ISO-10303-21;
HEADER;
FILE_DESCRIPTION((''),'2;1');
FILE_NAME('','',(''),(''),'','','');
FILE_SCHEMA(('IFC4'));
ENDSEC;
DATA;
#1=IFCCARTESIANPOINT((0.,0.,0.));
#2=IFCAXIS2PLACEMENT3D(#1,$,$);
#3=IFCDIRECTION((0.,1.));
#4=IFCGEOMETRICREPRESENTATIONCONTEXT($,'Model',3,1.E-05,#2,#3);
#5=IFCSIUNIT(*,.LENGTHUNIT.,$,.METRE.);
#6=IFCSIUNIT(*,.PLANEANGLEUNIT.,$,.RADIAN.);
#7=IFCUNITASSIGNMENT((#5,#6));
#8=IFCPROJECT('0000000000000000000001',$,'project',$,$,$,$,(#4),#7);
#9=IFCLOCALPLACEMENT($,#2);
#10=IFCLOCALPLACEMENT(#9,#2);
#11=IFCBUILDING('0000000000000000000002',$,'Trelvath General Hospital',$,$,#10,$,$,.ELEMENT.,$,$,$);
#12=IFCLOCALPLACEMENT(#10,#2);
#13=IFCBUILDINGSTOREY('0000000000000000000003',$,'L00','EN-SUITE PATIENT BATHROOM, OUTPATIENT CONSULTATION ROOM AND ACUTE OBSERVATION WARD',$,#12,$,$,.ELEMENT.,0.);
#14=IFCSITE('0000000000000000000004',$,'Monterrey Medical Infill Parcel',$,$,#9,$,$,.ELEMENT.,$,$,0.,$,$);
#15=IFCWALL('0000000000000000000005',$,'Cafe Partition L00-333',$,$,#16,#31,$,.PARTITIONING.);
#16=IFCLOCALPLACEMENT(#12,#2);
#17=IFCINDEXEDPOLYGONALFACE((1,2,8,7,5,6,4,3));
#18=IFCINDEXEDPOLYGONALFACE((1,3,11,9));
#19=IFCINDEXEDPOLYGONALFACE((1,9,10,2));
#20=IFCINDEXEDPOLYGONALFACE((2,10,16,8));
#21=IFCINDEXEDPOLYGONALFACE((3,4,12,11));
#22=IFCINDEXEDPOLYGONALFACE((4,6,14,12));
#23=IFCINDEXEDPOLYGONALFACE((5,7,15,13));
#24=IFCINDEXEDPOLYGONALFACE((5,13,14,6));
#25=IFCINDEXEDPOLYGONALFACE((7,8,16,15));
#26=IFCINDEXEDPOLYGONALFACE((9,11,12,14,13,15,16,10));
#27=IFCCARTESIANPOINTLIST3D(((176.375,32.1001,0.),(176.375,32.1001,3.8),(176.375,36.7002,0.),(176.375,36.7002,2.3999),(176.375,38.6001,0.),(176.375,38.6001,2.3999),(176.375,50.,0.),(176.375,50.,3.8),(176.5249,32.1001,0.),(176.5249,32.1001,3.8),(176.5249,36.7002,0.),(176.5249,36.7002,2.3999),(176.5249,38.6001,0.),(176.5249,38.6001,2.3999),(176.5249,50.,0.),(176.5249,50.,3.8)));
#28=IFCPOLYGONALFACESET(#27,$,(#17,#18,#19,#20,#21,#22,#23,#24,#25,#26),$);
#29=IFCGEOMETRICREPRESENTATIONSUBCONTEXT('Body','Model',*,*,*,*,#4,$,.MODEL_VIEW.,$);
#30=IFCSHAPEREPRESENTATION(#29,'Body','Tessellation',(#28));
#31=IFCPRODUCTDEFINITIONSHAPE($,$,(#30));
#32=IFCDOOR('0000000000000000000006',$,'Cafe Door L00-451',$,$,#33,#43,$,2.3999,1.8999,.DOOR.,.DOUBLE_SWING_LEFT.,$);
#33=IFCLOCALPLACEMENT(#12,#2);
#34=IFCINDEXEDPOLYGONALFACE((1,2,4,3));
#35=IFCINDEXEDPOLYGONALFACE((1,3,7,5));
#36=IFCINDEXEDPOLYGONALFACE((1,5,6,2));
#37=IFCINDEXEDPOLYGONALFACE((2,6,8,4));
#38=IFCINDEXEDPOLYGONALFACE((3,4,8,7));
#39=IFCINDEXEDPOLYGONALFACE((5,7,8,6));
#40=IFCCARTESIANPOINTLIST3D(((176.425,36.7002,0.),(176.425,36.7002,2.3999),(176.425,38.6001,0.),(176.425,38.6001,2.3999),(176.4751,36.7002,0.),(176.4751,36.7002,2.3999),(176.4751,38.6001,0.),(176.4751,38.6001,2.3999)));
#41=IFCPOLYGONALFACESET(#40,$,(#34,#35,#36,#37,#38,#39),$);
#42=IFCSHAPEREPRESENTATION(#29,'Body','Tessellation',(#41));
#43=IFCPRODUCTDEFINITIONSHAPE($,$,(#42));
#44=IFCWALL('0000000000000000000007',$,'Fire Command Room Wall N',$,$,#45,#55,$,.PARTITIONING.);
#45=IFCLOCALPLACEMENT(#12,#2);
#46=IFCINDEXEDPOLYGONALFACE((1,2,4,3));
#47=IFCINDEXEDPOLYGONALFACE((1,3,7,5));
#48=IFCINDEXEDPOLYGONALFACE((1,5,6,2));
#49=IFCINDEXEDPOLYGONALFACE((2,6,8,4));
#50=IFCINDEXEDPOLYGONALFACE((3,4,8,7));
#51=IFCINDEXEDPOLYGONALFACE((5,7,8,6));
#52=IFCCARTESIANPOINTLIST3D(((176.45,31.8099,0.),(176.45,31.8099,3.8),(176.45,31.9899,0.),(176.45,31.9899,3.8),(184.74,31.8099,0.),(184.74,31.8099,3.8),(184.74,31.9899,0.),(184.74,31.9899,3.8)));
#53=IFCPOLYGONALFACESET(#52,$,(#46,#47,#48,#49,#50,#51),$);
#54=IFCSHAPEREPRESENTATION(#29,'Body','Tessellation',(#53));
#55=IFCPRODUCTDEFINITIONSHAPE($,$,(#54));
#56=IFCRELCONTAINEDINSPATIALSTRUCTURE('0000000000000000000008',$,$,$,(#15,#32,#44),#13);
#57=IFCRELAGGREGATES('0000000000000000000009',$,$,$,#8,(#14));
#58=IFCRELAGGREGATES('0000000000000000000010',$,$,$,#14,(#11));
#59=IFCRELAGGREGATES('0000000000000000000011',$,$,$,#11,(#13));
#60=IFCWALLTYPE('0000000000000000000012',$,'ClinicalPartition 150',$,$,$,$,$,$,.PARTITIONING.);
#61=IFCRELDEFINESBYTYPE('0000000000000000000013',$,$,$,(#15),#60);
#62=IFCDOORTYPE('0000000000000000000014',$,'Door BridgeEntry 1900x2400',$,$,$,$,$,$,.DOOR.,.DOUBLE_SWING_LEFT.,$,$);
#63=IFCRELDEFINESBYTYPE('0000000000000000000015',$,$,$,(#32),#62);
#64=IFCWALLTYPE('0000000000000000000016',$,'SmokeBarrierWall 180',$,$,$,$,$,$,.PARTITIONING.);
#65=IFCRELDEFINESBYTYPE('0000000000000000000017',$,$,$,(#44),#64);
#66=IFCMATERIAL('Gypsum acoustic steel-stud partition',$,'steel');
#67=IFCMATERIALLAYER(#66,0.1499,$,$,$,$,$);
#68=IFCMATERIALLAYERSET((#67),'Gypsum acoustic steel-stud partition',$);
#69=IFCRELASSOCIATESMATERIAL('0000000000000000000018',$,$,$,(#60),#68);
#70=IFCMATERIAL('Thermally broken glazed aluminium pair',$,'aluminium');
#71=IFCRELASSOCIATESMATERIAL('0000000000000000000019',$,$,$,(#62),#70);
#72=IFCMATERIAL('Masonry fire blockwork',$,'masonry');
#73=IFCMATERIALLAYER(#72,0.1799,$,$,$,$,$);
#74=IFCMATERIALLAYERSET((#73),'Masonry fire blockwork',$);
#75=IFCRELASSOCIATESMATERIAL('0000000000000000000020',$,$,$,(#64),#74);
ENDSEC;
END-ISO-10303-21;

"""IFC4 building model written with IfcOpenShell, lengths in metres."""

from ifc_helpers import new_model, si_unit, direction, frame, frame_2d, origin, place, context, subcontext, project, spatial, rectangle, extrude, material, layer, layer_set, type_object, element, fill, save


model = new_model("IFC4")

# Units and contexts
model_context = context("Model", 3, precision=1e-05, world=origin(), true_north=direction((0.0, 1.0)))
body_context = subcontext(model_context, "Body", "Model", "MODEL_VIEW")
ifc_project = project(units=[si_unit("LENGTHUNIT", "METRE"), si_unit("PLANEANGLEUNIT", "RADIAN")], contexts=[model_context])

# Site, building, storey
site_placement = place(None, origin())
site = spatial("IfcSite", under=ifc_project, at=site_placement, Name="Monterrey Medical Infill Parcel", CompositionType="ELEMENT", RefElevation=0.0)
building_placement = place(site_placement, origin())
building = spatial("IfcBuilding", under=site, at=building_placement, Name="Trelvath General Hospital", CompositionType="ELEMENT")
storey_placement = place(building_placement, origin())
storey = spatial("IfcBuildingStorey", under=building, at=storey_placement, Name="L00", Description="EN-SUITE PATIENT BATHROOM, OUTPATIENT CONSULTATION ROOM AND ACUTE OBSERVATION WARD", CompositionType="ELEMENT", Elevation=0.0)

# Wall, opening, door
ifc_material_1 = material(Name="Gypsum acoustic steel-stud partition", Category="steel")
ifc_layer_1 = layer(ifc_material_1, 0.1499)
ifc_layer_set_1 = layer_set([ifc_layer_1], Name="Gypsum acoustic steel-stud partition")
wall_type_1 = type_object("IfcWallType", Name="ClinicalPartition 150", PredefinedType="PARTITIONING", material=ifc_layer_set_1)
wall_1_placement = place(storey_placement, frame((176.45, 32.1001, 0.0), z_axis=(0.0, 0.0, 1.0), x_axis=(0.0, 1.0, 0.0)))
wall_1 = element("IfcWall", 1, at=wall_1_placement, inside=storey, type_object=wall_type_1, Name="Cafe Partition L00-333", PredefinedType="PARTITIONING", context=body_context, shape_type="SweptSolid", body=[
    extrude(rectangle(XDim=17.8999, YDim=0.1499, at=frame_2d((8.95, 0.0))), origin(), (0.0, 0.0, 1.0), 3.8),
])
opening_placement = place(wall_1_placement, frame((4.6001, 0.0, 0.0)))
opening = element("IfcOpeningElement", 2, at=opening_placement, cuts=wall_1, PredefinedType="OPENING", context=body_context, shape_type="SweptSolid", body=[
    extrude(rectangle(XDim=1.8999, YDim=2.3999, at=frame_2d((0.95, 1.2))), frame((0.0, 0.085, 0.0), z_axis=(0.0, -1.0, 0.0), x_axis=(1.0, 0.0, 0.0)), (0.0, 0.0, 1.0), 0.1699),
])
ifc_material_2 = material(Name="Thermally broken glazed aluminium pair", Category="aluminium")
door_type = type_object("IfcDoorType", Name="Door BridgeEntry 1900x2400", OperationType="DOUBLE_SWING_LEFT", PredefinedType="DOOR", material=ifc_material_2)
door_placement = place(opening_placement, origin())
door = element("IfcDoor", 3, at=door_placement, inside=storey, type_object=door_type, Name="Cafe Door L00-451", OperationType="DOUBLE_SWING_LEFT", OverallHeight=2.3999, OverallWidth=1.8999, PredefinedType="DOOR", context=body_context, shape_type="SweptSolid", body=[
    extrude(rectangle(XDim=1.8999, YDim=2.3999, at=frame_2d((0.95, 1.2))), frame((0.0, 0.0249, 0.0), z_axis=(0.0, -1.0, 0.0), x_axis=(1.0, 0.0, 0.0)), (0.0, 0.0, 1.0), 0.05),
])
fill(opening, door)

# Wall
ifc_material_3 = material(Name="Masonry fire blockwork", Category="masonry")
ifc_layer_2 = layer(ifc_material_3, 0.1799)
ifc_layer_set_2 = layer_set([ifc_layer_2], Name="Masonry fire blockwork")
wall_type_2 = type_object("IfcWallType", Name="SmokeBarrierWall 180", PredefinedType="PARTITIONING", material=ifc_layer_set_2)
wall_2_placement = place(storey_placement, frame((176.45, 31.8999, 0.0), z_axis=(0.0, 0.0, 1.0), x_axis=(1.0, 0.0, 0.0)))
element("IfcWall", 4, at=wall_2_placement, inside=storey, type_object=wall_type_2, Name="Fire Command Room Wall N", PredefinedType="PARTITIONING", context=body_context, shape_type="SweptSolid", body=[
    extrude(rectangle(XDim=8.29, YDim=0.1799, at=frame_2d((4.145, 0.0))), origin(), (0.0, 0.0, 1.0), 3.8),
])

save(model, "model.ifc")
